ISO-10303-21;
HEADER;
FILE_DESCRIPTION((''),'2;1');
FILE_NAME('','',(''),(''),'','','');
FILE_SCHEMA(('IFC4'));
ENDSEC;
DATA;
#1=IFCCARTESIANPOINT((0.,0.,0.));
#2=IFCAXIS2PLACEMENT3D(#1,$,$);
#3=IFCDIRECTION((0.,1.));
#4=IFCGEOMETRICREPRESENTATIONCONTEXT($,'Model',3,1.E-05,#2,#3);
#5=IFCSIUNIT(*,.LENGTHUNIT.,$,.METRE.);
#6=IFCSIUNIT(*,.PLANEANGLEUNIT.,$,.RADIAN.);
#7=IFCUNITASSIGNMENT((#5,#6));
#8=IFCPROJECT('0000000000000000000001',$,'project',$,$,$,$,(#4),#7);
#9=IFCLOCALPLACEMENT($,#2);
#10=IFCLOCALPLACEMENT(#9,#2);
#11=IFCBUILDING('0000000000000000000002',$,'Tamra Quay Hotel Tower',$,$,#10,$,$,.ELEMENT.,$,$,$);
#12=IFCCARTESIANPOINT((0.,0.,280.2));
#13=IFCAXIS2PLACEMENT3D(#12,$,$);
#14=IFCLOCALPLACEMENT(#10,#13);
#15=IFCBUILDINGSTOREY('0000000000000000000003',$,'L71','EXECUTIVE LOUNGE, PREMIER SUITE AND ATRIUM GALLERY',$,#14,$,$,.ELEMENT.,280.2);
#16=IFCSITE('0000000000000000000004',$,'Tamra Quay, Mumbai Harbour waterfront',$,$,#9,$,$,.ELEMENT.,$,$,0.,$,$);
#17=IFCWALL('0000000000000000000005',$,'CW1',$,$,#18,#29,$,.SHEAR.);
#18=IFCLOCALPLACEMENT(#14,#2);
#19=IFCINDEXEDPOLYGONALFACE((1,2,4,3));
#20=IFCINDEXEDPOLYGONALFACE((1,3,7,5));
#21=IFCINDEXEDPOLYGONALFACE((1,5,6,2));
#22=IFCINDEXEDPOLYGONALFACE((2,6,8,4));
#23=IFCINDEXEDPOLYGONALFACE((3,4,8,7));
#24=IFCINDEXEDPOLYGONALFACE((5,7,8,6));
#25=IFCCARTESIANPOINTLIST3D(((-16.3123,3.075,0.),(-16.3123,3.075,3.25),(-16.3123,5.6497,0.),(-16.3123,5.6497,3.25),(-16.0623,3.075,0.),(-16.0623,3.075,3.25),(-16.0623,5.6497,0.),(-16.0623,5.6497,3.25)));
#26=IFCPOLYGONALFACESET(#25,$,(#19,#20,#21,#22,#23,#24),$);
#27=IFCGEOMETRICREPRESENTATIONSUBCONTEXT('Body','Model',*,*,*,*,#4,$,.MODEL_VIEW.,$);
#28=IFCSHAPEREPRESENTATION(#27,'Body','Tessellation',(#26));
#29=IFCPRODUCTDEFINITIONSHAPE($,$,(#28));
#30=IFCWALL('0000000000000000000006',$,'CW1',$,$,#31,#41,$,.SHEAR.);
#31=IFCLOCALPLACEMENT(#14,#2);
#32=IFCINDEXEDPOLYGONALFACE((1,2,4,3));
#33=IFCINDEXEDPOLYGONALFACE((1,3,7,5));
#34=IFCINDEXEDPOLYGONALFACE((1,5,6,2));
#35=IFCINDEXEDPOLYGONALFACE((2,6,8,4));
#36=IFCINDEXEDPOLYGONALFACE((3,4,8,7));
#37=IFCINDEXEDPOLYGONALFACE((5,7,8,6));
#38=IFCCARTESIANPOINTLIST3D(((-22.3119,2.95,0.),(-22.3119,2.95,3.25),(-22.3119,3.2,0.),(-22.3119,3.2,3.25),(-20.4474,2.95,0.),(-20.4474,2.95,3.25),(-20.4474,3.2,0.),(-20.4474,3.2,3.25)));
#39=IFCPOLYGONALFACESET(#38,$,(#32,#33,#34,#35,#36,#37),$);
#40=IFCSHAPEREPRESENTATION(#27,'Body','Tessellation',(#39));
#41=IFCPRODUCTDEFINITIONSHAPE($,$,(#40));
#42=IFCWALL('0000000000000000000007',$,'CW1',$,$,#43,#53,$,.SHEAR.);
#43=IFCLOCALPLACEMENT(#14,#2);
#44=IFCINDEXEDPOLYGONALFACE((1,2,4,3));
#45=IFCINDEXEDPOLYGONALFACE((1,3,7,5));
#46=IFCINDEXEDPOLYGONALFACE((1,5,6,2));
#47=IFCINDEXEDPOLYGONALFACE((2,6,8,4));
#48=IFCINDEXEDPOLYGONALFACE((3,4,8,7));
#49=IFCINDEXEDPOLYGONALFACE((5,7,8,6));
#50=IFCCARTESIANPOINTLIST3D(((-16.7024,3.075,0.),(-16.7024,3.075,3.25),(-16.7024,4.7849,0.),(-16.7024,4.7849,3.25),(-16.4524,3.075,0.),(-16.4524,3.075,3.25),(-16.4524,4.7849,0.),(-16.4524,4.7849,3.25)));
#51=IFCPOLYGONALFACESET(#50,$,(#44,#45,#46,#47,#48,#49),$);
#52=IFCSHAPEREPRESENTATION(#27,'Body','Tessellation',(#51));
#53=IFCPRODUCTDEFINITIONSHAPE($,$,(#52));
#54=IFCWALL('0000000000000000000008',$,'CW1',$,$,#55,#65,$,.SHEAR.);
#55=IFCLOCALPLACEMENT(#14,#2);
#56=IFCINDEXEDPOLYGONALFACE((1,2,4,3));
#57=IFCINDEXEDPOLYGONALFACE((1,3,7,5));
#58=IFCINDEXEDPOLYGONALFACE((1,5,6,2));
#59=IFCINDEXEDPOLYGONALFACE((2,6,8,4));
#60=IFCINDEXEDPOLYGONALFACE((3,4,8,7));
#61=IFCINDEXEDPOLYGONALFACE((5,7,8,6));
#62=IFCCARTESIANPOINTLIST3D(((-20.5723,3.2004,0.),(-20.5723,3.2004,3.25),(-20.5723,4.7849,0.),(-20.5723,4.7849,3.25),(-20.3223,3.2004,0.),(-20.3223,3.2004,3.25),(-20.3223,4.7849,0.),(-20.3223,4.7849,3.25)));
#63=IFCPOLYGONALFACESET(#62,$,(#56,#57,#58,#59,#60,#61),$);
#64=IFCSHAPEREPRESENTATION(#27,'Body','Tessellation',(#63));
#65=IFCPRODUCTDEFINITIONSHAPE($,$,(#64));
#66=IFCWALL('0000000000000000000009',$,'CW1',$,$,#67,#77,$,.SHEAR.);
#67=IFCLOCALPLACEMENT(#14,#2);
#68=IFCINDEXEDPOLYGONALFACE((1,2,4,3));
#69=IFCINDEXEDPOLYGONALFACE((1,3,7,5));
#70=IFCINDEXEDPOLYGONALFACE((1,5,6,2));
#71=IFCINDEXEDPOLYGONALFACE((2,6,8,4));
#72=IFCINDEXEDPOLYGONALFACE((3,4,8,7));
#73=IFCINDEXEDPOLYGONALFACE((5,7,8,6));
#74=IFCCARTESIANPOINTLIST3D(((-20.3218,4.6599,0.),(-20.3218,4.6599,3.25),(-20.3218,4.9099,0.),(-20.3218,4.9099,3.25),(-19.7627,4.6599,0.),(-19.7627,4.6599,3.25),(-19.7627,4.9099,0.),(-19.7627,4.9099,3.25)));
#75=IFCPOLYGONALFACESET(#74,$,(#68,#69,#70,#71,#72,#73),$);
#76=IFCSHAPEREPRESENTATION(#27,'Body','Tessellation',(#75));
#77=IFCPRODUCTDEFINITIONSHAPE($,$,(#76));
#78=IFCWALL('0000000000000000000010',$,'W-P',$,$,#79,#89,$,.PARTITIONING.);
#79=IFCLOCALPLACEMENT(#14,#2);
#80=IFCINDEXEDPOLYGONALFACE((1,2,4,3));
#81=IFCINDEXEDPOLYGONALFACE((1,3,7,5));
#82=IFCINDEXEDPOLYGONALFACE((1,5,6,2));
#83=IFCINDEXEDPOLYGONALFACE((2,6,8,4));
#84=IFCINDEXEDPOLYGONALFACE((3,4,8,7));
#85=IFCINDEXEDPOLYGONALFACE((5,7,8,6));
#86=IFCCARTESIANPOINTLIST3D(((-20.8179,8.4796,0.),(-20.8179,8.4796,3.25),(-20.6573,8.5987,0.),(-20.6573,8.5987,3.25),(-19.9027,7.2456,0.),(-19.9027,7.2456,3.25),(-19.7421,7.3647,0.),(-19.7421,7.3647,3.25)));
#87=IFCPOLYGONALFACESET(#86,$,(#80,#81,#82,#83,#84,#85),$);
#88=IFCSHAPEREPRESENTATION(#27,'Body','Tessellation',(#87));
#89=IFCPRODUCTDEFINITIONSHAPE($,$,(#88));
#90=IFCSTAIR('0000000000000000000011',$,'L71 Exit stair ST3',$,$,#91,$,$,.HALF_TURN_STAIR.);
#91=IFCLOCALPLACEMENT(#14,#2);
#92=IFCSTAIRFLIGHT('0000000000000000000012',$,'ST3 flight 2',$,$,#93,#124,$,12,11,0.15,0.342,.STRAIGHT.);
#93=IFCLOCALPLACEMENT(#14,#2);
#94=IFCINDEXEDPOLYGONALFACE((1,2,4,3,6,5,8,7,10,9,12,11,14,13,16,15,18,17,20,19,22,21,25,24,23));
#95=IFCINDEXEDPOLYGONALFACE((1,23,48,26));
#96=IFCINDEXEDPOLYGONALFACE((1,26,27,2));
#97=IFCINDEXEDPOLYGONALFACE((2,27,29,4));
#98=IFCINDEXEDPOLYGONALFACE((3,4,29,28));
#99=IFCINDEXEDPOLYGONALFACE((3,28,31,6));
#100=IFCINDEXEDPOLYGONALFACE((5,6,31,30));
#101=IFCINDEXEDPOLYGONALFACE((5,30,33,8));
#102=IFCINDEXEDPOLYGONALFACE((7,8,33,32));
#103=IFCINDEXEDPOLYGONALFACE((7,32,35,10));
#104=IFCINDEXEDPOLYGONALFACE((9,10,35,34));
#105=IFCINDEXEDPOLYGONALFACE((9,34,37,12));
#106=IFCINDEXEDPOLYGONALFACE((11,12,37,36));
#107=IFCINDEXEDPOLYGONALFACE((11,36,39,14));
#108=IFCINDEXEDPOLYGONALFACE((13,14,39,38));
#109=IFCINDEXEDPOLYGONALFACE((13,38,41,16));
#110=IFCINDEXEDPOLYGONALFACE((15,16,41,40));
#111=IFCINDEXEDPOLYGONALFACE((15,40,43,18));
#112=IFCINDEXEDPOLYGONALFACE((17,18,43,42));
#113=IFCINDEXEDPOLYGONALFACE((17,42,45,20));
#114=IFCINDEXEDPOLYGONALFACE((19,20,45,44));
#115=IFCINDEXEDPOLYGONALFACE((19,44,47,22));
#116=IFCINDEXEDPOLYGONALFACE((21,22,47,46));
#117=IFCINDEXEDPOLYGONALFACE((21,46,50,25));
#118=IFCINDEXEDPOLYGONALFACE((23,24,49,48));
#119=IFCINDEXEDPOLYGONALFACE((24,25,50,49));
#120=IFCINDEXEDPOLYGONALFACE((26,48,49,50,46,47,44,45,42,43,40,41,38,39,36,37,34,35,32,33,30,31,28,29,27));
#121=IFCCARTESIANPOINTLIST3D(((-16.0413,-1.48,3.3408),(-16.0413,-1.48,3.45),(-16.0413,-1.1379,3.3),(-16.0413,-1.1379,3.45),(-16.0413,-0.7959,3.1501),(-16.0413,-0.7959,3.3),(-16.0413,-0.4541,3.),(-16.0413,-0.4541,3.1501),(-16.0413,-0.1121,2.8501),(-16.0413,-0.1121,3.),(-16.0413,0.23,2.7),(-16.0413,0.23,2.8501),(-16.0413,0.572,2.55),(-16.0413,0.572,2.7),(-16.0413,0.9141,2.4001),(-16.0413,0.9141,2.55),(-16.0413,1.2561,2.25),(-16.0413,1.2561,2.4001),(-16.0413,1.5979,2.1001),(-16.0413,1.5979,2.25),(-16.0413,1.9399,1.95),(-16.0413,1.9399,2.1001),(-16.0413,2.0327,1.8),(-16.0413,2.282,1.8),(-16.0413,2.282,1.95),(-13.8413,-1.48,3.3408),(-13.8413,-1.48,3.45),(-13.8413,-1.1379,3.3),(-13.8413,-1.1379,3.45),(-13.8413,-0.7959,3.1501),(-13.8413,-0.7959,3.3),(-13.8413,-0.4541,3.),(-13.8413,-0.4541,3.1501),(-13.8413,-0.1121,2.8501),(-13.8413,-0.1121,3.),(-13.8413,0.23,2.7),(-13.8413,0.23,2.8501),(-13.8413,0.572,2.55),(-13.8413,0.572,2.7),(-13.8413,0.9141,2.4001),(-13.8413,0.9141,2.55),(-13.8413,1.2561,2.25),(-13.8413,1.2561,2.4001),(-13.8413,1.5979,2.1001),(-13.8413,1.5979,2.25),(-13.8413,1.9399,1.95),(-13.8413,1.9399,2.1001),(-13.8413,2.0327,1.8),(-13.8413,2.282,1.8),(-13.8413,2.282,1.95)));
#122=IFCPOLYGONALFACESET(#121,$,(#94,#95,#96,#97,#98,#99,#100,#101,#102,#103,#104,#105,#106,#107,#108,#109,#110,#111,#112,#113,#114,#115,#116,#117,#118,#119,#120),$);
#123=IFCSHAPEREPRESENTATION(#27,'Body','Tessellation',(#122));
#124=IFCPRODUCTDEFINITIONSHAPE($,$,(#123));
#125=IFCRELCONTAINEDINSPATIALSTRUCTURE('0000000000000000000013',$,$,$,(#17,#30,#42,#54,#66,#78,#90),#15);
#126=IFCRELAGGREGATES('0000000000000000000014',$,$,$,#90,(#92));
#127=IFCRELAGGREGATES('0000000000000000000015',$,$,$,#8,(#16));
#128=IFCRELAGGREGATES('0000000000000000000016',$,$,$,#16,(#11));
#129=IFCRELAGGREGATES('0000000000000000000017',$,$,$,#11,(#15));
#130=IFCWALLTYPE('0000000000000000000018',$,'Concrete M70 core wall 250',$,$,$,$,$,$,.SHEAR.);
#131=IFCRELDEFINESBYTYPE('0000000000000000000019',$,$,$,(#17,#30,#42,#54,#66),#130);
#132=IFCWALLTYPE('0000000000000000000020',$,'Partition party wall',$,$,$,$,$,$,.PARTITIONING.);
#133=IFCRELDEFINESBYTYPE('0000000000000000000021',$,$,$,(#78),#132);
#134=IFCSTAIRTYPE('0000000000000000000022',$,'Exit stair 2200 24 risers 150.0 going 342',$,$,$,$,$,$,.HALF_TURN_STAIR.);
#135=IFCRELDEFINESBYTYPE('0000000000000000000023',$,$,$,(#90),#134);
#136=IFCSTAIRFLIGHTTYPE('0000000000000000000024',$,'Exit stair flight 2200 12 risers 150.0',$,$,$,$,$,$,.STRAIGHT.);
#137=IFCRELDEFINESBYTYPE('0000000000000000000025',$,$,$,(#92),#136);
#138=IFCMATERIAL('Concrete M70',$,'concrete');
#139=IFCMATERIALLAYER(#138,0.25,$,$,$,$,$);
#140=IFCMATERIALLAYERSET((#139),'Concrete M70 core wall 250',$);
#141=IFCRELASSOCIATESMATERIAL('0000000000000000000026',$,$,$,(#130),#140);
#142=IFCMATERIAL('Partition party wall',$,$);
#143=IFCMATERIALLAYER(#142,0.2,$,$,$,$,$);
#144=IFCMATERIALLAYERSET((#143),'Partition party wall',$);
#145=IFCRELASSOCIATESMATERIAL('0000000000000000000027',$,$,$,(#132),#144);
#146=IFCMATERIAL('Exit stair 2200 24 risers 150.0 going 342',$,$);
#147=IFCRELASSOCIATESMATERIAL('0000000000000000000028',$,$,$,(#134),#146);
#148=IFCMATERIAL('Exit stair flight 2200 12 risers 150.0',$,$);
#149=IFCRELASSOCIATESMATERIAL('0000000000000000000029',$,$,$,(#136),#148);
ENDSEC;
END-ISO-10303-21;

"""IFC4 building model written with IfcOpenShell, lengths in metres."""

from ifc_helpers import new_model, si_unit, direction, frame, frame_2d, origin, place, context, subcontext, project, spatial, polyline, rectangle, outline, extrude, material, layer, layer_set, type_object, element, aggregate, save


model = new_model("IFC4")

# Units and contexts
model_context = context("Model", 3, precision=1e-05, world=origin(), true_north=direction((0.0, 1.0)))
body_context = subcontext(model_context, "Body", "Model", "MODEL_VIEW")
ifc_project = project(units=[si_unit("LENGTHUNIT", "METRE"), si_unit("PLANEANGLEUNIT", "RADIAN")], contexts=[model_context])

# Site, building, storey
site_placement = place(None, origin())
site = spatial("IfcSite", under=ifc_project, at=site_placement, Name="Tamra Quay, Mumbai Harbour waterfront", CompositionType="ELEMENT", RefElevation=0.0)
building_placement = place(site_placement, origin())
building = spatial("IfcBuilding", under=site, at=building_placement, Name="Tamra Quay Hotel Tower", CompositionType="ELEMENT")
storey_placement = place(building_placement, frame((0.0, 0.0, 280.2)))
storey = spatial("IfcBuildingStorey", under=building, at=storey_placement, Name="L71", Description="EXECUTIVE LOUNGE, PREMIER SUITE AND ATRIUM GALLERY", CompositionType="ELEMENT", Elevation=280.2)

# Shared definitions
ifc_material_1 = material(Name="Concrete M70", Category="concrete")

# Walls
ifc_layer_1 = layer(ifc_material_1, 0.25)
ifc_layer_set_1 = layer_set([ifc_layer_1], Name="Concrete M70 core wall 250")
wall_type_1 = type_object("IfcWallType", Name="Concrete M70 core wall 250", PredefinedType="SHEAR", material=ifc_layer_set_1)
wall_1_placement = place(storey_placement, frame((-16.1873, 3.075, 0.0), z_axis=(0.0, 0.0, 1.0), x_axis=(0.0, 1.0, 0.0)))
element("IfcWall", 1, at=wall_1_placement, inside=storey, type_object=wall_type_1, Name="CW1", PredefinedType="SHEAR", context=body_context, shape_type="SweptSolid", body=[
    extrude(rectangle(XDim=2.5747, YDim=0.25, at=frame_2d((1.2874, 0.0))), origin(), (0.0, 0.0, 1.0), 3.25),
])
wall_2_placement = place(storey_placement, frame((-22.3118, 3.075, 0.0), z_axis=(0.0, 0.0, 1.0), x_axis=(1.0, 0.0, 0.0)))
element("IfcWall", 2, at=wall_2_placement, inside=storey, type_object=wall_type_1, Name="CW1", PredefinedType="SHEAR", context=body_context, shape_type="SweptSolid", body=[
    extrude(rectangle(XDim=1.8645, YDim=0.25, at=frame_2d((0.9321, 0.0))), origin(), (0.0, 0.0, 1.0), 3.25),
])
wall_3_placement = place(storey_placement, frame((-16.5774, 4.7849, 0.0), z_axis=(0.0, 0.0, 1.0), x_axis=(0.0, -1.0, 0.0)))
element("IfcWall", 3, at=wall_3_placement, inside=storey, type_object=wall_type_1, Name="CW1", PredefinedType="SHEAR", context=body_context, shape_type="SweptSolid", body=[
    extrude(rectangle(XDim=1.71, YDim=0.25, at=frame_2d((0.855, 0.0))), origin(), (0.0, 0.0, 1.0), 3.25),
])
wall_4_placement = place(storey_placement, frame((-20.4473, 3.2004, 0.0), z_axis=(0.0, 0.0, 1.0), x_axis=(0.0, 1.0, 0.0)))
element("IfcWall", 4, at=wall_4_placement, inside=storey, type_object=wall_type_1, Name="CW1", PredefinedType="SHEAR", context=body_context, shape_type="SweptSolid", body=[
    extrude(rectangle(XDim=1.5845, YDim=0.25, at=frame_2d((0.7922, 0.0))), origin(), (0.0, 0.0, 1.0), 3.25),
])
wall_5_placement = place(storey_placement, frame((-20.3218, 4.7849, 0.0), z_axis=(0.0, 0.0, 1.0), x_axis=(1.0, 0.0, 0.0)))
element("IfcWall", 5, at=wall_5_placement, inside=storey, type_object=wall_type_1, Name="CW1", PredefinedType="SHEAR", context=body_context, shape_type="SweptSolid", body=[
    extrude(rectangle(XDim=0.5591, YDim=0.25, at=frame_2d((0.2795, 0.0))), origin(), (0.0, 0.0, 1.0), 3.25),
])
ifc_material_2 = material(Name="Partition party wall")
ifc_layer_2 = layer(ifc_material_2, 0.2)
ifc_layer_set_2 = layer_set([ifc_layer_2], Name="Partition party wall")
wall_type_2 = type_object("IfcWallType", Name="Partition party wall", PredefinedType="PARTITIONING", material=ifc_layer_set_2)
wall_6_placement = place(storey_placement, frame((-20.7375, 8.5391, 0.0), z_axis=(0.0, 0.0, 1.0), x_axis=(0.595695, -0.803211, 0.0)))
element("IfcWall", 6, at=wall_6_placement, inside=storey, type_object=wall_type_2, Name="W-P", PredefinedType="PARTITIONING", context=body_context, shape_type="SweptSolid", body=[
    extrude(rectangle(XDim=1.5364, YDim=0.2, at=frame_2d((0.7681, 0.0))), origin(), (0.0, 0.0, 1.0), 3.25),
])

# Stair, stair flight
ifc_material_3 = material(Name="Exit stair 2200 24 risers 150.0 going 342")
stair_type = type_object("IfcStairType", Name="Exit stair 2200 24 risers 150.0 going 342", PredefinedType="HALF_TURN_STAIR", material=ifc_material_3)
stair_placement = place(storey_placement, origin())
stair = element("IfcStair", 7, at=stair_placement, inside=storey, type_object=stair_type, Name="L71 Exit stair ST3", PredefinedType="HALF_TURN_STAIR")
ifc_material_4 = material(Name="Exit stair flight 2200 12 risers 150.0")
stair_flight_type = type_object("IfcStairFlightType", Name="Exit stair flight 2200 12 risers 150.0", PredefinedType="STRAIGHT", material=ifc_material_4)
stair_flight_placement = place(storey_placement, frame((-14.9414, 2.282, 1.8), z_axis=(0.0, 0.0, 1.0), x_axis=(0.0, -1.0, 0.0)))
stair_flight = element("IfcStairFlight", 8, at=stair_flight_placement, type_object=stair_flight_type, Name="ST3 flight 2", NumberOfRisers=12, NumberOfTreads=11, PredefinedType="STRAIGHT", RiserHeight=0.15, TreadLength=0.342, context=body_context, shape_type="SweptSolid", body=[
    extrude(outline(polyline([(0.0, 0.0), (0.0, 0.1499), (0.342, 0.1499), (0.342, 0.3), (0.6841, 0.3), (0.6841, 0.45), (1.0259, 0.45), (1.0259, 0.6001), (1.3679, 0.6001), (1.3679, 0.75), (1.71, 0.75), (1.71, 0.8999), (2.052, 0.8999), (2.052, 1.05), (2.394, 1.05), (2.394, 1.2), (2.7361, 1.2), (2.7361, 1.3501), (3.0779, 1.3501), (3.0779, 1.5), (3.4199, 1.5), (3.4199, 1.6499), (3.762, 1.6499), (3.762, 1.8), (3.762, 1.5408), (0.2493, 0.0), (0.0, 0.0)])), frame((0.0, 1.1001, 0.0), z_axis=(0.0, -1.0, 0.0), x_axis=(1.0, 0.0, 0.0)), (0.0, 0.0, 1.0), 2.2),
])
aggregate(stair, [stair_flight])

save(model, "model.ifc")
